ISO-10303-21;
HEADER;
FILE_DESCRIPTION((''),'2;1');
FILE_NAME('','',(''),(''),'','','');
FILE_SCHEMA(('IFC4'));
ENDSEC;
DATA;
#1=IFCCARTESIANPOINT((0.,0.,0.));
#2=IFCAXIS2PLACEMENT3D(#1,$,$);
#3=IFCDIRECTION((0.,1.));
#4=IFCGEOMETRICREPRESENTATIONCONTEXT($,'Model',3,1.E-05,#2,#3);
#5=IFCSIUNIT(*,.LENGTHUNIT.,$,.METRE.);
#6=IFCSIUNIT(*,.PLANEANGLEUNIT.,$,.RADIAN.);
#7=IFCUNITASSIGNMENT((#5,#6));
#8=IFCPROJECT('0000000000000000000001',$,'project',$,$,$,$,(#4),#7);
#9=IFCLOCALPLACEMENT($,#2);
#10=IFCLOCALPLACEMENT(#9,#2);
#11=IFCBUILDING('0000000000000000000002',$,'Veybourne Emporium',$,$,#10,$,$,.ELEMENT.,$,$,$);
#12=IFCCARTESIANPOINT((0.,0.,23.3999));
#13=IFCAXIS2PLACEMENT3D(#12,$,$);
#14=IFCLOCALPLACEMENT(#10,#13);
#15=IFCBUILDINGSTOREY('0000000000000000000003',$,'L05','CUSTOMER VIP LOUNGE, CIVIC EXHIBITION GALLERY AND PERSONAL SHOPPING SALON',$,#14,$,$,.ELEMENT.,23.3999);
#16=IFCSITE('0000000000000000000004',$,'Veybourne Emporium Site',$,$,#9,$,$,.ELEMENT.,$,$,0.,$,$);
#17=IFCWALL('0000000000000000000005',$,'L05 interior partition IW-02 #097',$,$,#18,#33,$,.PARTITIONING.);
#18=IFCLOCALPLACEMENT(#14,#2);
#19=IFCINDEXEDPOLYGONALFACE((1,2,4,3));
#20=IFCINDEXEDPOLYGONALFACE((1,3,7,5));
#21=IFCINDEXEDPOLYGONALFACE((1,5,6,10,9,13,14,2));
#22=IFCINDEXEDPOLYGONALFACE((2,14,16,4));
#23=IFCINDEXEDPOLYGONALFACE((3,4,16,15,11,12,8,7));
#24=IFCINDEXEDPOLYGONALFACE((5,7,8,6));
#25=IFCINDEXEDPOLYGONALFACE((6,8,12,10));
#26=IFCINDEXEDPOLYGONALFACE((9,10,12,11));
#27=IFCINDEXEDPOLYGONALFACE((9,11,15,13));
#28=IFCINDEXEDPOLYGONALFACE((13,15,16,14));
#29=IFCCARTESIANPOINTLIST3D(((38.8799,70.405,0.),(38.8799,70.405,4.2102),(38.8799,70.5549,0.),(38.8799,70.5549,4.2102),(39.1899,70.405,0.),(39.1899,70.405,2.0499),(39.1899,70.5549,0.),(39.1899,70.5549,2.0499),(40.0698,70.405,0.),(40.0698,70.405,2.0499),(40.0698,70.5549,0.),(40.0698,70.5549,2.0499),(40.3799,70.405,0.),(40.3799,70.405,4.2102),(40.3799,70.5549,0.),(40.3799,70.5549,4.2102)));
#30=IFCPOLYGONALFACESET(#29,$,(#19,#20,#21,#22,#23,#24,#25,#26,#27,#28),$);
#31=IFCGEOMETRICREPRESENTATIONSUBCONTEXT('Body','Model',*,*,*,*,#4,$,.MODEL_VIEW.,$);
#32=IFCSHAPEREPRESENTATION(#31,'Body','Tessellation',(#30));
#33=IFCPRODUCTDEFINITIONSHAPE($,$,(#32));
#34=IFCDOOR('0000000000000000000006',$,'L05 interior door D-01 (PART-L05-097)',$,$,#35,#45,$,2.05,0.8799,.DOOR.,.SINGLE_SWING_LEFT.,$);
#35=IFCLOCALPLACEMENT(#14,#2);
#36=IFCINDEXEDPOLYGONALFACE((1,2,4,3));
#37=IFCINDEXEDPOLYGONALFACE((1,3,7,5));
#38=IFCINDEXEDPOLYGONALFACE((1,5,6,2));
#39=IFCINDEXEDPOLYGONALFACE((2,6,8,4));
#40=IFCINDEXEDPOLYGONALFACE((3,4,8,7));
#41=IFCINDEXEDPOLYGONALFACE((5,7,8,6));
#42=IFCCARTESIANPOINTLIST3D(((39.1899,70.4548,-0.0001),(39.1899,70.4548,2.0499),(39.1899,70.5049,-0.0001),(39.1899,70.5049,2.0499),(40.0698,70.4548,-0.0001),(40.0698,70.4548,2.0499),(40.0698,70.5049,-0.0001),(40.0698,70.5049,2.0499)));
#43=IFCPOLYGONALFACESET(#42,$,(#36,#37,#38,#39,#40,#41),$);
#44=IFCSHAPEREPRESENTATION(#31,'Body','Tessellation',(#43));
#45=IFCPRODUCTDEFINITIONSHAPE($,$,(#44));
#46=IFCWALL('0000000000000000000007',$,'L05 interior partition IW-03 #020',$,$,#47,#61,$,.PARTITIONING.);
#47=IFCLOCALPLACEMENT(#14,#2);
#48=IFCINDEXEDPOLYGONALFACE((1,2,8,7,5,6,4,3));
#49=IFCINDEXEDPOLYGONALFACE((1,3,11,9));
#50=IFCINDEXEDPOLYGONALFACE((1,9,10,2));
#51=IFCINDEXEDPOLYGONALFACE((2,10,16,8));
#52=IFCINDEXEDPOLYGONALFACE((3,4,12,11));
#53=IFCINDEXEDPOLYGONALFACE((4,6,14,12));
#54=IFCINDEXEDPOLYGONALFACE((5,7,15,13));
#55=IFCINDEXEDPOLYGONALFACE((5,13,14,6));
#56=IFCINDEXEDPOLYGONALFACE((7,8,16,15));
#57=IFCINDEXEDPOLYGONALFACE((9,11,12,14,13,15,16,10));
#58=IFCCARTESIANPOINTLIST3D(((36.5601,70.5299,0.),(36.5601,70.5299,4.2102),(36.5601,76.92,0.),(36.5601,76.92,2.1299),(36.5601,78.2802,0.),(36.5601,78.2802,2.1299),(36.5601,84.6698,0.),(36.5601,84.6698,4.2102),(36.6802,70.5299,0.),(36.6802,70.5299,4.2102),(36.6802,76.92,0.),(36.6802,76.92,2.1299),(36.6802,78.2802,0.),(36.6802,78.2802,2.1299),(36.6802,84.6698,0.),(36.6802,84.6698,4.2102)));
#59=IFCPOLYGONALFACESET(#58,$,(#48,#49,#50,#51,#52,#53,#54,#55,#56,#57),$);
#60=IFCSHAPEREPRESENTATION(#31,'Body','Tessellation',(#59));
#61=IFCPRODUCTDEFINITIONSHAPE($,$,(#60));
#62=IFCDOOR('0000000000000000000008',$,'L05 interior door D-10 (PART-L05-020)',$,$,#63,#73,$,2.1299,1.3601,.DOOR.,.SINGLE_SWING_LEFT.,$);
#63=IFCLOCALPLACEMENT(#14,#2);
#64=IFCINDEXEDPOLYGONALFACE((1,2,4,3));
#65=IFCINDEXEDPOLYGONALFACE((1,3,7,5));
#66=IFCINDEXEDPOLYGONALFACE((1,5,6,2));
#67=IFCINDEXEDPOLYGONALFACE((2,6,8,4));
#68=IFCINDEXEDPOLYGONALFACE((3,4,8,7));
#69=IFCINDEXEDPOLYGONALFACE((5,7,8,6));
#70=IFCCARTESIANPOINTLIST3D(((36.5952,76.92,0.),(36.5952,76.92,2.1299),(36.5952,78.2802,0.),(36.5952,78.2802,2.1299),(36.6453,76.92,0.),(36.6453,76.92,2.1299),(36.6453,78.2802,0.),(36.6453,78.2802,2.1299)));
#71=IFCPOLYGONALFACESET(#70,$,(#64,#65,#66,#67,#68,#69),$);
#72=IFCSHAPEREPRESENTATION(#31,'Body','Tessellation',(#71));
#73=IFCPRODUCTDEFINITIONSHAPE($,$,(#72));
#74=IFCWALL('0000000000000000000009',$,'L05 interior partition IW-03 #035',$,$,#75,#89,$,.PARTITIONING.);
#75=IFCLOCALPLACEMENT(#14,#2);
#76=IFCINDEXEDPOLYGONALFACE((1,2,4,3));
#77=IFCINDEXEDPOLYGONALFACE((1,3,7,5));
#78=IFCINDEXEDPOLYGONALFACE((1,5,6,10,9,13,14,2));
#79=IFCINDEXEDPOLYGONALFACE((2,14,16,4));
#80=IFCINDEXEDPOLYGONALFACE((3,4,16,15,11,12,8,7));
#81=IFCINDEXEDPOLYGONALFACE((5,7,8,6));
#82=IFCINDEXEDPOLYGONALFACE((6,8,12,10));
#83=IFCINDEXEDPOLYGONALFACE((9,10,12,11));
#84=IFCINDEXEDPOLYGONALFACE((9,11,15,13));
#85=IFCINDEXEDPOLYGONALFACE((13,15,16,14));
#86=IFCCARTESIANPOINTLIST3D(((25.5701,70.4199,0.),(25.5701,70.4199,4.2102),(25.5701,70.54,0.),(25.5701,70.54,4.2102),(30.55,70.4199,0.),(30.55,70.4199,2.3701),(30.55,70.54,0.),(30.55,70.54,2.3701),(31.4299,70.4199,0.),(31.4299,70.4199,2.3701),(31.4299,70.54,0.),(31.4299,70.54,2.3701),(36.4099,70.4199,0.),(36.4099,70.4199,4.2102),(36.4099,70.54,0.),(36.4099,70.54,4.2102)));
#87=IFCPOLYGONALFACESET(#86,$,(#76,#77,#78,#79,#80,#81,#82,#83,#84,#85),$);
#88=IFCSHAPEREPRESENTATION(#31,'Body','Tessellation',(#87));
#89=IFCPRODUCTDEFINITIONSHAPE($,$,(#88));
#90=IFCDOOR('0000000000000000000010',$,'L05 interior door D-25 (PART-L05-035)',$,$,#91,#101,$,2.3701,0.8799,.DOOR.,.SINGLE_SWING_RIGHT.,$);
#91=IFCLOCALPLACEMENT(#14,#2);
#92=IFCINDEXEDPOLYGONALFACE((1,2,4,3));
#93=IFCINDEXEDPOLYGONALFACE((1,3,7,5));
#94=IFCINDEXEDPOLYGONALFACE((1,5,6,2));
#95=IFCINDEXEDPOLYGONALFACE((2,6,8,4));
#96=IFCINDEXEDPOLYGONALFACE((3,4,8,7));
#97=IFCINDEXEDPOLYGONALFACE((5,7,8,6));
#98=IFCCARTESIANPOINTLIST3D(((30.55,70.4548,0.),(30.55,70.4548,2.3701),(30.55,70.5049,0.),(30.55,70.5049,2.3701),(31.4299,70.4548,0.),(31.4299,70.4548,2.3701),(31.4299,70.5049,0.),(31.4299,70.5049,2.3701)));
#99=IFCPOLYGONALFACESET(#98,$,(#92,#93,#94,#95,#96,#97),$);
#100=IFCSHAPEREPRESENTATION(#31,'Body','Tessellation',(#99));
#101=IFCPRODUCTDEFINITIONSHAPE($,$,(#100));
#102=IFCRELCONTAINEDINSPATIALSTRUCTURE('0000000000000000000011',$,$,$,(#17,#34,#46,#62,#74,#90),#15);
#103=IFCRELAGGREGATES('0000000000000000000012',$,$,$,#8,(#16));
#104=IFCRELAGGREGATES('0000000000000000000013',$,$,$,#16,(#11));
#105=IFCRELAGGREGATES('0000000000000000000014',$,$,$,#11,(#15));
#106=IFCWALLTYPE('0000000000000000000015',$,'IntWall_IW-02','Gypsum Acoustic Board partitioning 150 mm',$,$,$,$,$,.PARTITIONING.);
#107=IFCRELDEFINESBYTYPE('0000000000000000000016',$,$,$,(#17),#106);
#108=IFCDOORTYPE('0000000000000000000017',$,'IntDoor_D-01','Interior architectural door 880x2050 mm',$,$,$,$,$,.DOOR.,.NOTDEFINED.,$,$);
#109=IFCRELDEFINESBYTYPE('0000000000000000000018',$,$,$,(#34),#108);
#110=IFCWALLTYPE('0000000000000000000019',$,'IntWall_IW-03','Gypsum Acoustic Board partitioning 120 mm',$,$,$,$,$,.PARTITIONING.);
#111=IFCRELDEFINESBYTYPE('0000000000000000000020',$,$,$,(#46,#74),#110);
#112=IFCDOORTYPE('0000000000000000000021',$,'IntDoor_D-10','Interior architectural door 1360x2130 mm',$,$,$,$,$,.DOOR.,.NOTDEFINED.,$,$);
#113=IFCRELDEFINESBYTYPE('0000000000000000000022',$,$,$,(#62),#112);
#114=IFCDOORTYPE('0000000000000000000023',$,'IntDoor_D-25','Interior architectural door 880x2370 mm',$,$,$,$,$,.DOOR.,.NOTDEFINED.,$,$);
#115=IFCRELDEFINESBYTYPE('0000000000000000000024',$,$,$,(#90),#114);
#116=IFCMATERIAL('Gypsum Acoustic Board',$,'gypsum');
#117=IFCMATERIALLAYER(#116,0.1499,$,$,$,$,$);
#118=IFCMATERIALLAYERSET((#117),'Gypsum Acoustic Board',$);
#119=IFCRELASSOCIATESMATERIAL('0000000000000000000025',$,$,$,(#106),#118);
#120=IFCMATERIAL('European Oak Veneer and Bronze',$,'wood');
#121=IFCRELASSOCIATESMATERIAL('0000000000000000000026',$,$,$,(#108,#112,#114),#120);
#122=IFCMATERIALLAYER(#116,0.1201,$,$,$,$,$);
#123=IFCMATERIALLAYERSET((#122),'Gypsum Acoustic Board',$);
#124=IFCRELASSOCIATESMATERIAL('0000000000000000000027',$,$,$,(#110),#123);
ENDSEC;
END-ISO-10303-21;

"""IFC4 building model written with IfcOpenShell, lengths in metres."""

from ifc_helpers import new_model, si_unit, direction, frame, frame_2d, origin, place, context, subcontext, project, spatial, rectangle, extrude, material, layer, layer_set, type_object, element, fill, save


model = new_model("IFC4")

# Units and contexts
model_context = context("Model", 3, precision=1e-05, world=origin(), true_north=direction((0.0, 1.0)))
body_context = subcontext(model_context, "Body", "Model", "MODEL_VIEW")
ifc_project = project(units=[si_unit("LENGTHUNIT", "METRE"), si_unit("PLANEANGLEUNIT", "RADIAN")], contexts=[model_context])

# Site, building, storey
site_placement = place(None, origin())
site = spatial("IfcSite", under=ifc_project, at=site_placement, Name="Veybourne Emporium Site", CompositionType="ELEMENT", RefElevation=0.0)
building_placement = place(site_placement, origin())
building = spatial("IfcBuilding", under=site, at=building_placement, Name="Veybourne Emporium", CompositionType="ELEMENT")
storey_placement = place(building_placement, frame((0.0, 0.0, 23.3999)))
storey = spatial("IfcBuildingStorey", under=building, at=storey_placement, Name="L05", Description="CUSTOMER VIP LOUNGE, CIVIC EXHIBITION GALLERY AND PERSONAL SHOPPING SALON", CompositionType="ELEMENT", Elevation=23.3999)

# Walls, openings, doors
ifc_material_1 = material(Name="Gypsum Acoustic Board", Category="gypsum")
ifc_material_2 = material(Name="European Oak Veneer and Bronze", Category="wood")
ifc_layer_1 = layer(ifc_material_1, 0.1499)
ifc_layer_set_1 = layer_set([ifc_layer_1], Name="Gypsum Acoustic Board")
wall_type_1 = type_object("IfcWallType", Name="IntWall_IW-02", Description="Gypsum Acoustic Board partitioning 150 mm", PredefinedType="PARTITIONING", material=ifc_layer_set_1)
wall_1_placement = place(storey_placement, frame((38.8799, 70.48, 0.0), z_axis=(0.0, 0.0, 1.0), x_axis=(1.0, 0.0, 0.0)))
wall_1 = element("IfcWall", 1, at=wall_1_placement, inside=storey, type_object=wall_type_1, Name="L05 interior partition IW-02 #097", PredefinedType="PARTITIONING", context=body_context, shape_type="SweptSolid", body=[
    extrude(rectangle(XDim=1.5, YDim=0.1499, at=frame_2d((0.75, 0.0))), origin(), (0.0, 0.0, 1.0), 4.2102),
])
opening_1_placement = place(wall_1_placement, frame((0.3101, 0.0, 0.0)))
opening_1 = element("IfcOpeningElement", 2, at=opening_1_placement, cuts=wall_1, PredefinedType="OPENING", context=body_context, shape_type="SweptSolid", body=[
    extrude(rectangle(XDim=0.8799, YDim=2.05, at=frame_2d((0.4399, 1.0249))), frame((0.0, 0.095, 0.0), z_axis=(0.0, -1.0, 0.0), x_axis=(1.0, 0.0, 0.0)), (0.0, 0.0, 1.0), 0.1899),
])
door_type_1 = type_object("IfcDoorType", Name="IntDoor_D-01", Description="Interior architectural door 880x2050 mm", OperationType="NOTDEFINED", PredefinedType="DOOR", material=ifc_material_2)
door_1_placement = place(opening_1_placement, origin())
door_1 = element("IfcDoor", 3, at=door_1_placement, inside=storey, type_object=door_type_1, Name="L05 interior door D-01 (PART-L05-097)", OperationType="SINGLE_SWING_LEFT", OverallHeight=2.05, OverallWidth=0.8799, PredefinedType="DOOR", context=body_context, shape_type="SweptSolid", body=[
    extrude(rectangle(XDim=0.8799, YDim=2.05, at=frame_2d((0.4399, 1.0249))), frame((0.0, 0.0249, 0.0), z_axis=(0.0, -1.0, 0.0), x_axis=(1.0, 0.0, 0.0)), (0.0, 0.0, 1.0), 0.05),
])
fill(opening_1, door_1)
ifc_layer_2 = layer(ifc_material_1, 0.1201)
ifc_layer_set_2 = layer_set([ifc_layer_2], Name="Gypsum Acoustic Board")
wall_type_2 = type_object("IfcWallType", Name="IntWall_IW-03", Description="Gypsum Acoustic Board partitioning 120 mm", PredefinedType="PARTITIONING", material=ifc_layer_set_2)
wall_2_placement = place(storey_placement, frame((36.6201, 70.53, 0.0), z_axis=(0.0, 0.0, 1.0), x_axis=(0.0, 1.0, 0.0)))
wall_2 = element("IfcWall", 4, at=wall_2_placement, inside=storey, type_object=wall_type_2, Name="L05 interior partition IW-03 #020", PredefinedType="PARTITIONING", context=body_context, shape_type="SweptSolid", body=[
    extrude(rectangle(XDim=14.1399, YDim=0.1201, at=frame_2d((7.0698, 0.0))), origin(), (0.0, 0.0, 1.0), 4.2102),
])
opening_2_placement = place(wall_2_placement, frame((6.3899, 0.0, 0.0)))
opening_2 = element("IfcOpeningElement", 5, at=opening_2_placement, cuts=wall_2, PredefinedType="OPENING", context=body_context, shape_type="SweptSolid", body=[
    extrude(rectangle(XDim=1.3601, YDim=2.1299, at=frame_2d((0.6802, 1.0649))), frame((0.0, 0.0801, 0.0), z_axis=(0.0, -1.0, 0.0), x_axis=(1.0, 0.0, 0.0)), (0.0, 0.0, 1.0), 0.1602),
])
door_type_2 = type_object("IfcDoorType", Name="IntDoor_D-10", Description="Interior architectural door 1360x2130 mm", OperationType="NOTDEFINED", PredefinedType="DOOR", material=ifc_material_2)
door_2_placement = place(opening_2_placement, origin())
door_2 = element("IfcDoor", 6, at=door_2_placement, inside=storey, type_object=door_type_2, Name="L05 interior door D-10 (PART-L05-020)", OperationType="SINGLE_SWING_LEFT", OverallHeight=2.1299, OverallWidth=1.3601, PredefinedType="DOOR", context=body_context, shape_type="SweptSolid", body=[
    extrude(rectangle(XDim=1.3601, YDim=2.1299, at=frame_2d((0.6802, 1.0649))), frame((0.0, 0.0249, 0.0), z_axis=(0.0, -1.0, 0.0), x_axis=(1.0, 0.0, 0.0)), (0.0, 0.0, 1.0), 0.05),
])
fill(opening_2, door_2)
wall_3_placement = place(storey_placement, frame((25.5701, 70.48, 0.0), z_axis=(0.0, 0.0, 1.0), x_axis=(1.0, 0.0, 0.0)))
wall_3 = element("IfcWall", 7, at=wall_3_placement, inside=storey, type_object=wall_type_2, Name="L05 interior partition IW-03 #035", PredefinedType="PARTITIONING", context=body_context, shape_type="SweptSolid", body=[
    extrude(rectangle(XDim=10.8398, YDim=0.1201, at=frame_2d((5.4199, 0.0))), origin(), (0.0, 0.0, 1.0), 4.2102),
])
opening_3_placement = place(wall_3_placement, frame((4.98, 0.0, 0.0)))
opening_3 = element("IfcOpeningElement", 8, at=opening_3_placement, cuts=wall_3, PredefinedType="OPENING", context=body_context, shape_type="SweptSolid", body=[
    extrude(rectangle(XDim=0.8799, YDim=2.3701, at=frame_2d((0.4399, 1.1851))), frame((0.0, 0.0801, 0.0), z_axis=(0.0, -1.0, 0.0), x_axis=(1.0, 0.0, 0.0)), (0.0, 0.0, 1.0), 0.1602),
])
door_type_3 = type_object("IfcDoorType", Name="IntDoor_D-25", Description="Interior architectural door 880x2370 mm", OperationType="NOTDEFINED", PredefinedType="DOOR", material=ifc_material_2)
door_3_placement = place(opening_3_placement, origin())
door_3 = element("IfcDoor", 9, at=door_3_placement, inside=storey, type_object=door_type_3, Name="L05 interior door D-25 (PART-L05-035)", OperationType="SINGLE_SWING_RIGHT", OverallHeight=2.3701, OverallWidth=0.8799, PredefinedType="DOOR", context=body_context, shape_type="SweptSolid", body=[
    extrude(rectangle(XDim=0.8799, YDim=2.3701, at=frame_2d((0.4399, 1.1851))), frame((0.0, 0.0249, 0.0), z_axis=(0.0, -1.0, 0.0), x_axis=(1.0, 0.0, 0.0)), (0.0, 0.0, 1.0), 0.05),
])
fill(opening_3, door_3)

save(model, "model.ifc")
